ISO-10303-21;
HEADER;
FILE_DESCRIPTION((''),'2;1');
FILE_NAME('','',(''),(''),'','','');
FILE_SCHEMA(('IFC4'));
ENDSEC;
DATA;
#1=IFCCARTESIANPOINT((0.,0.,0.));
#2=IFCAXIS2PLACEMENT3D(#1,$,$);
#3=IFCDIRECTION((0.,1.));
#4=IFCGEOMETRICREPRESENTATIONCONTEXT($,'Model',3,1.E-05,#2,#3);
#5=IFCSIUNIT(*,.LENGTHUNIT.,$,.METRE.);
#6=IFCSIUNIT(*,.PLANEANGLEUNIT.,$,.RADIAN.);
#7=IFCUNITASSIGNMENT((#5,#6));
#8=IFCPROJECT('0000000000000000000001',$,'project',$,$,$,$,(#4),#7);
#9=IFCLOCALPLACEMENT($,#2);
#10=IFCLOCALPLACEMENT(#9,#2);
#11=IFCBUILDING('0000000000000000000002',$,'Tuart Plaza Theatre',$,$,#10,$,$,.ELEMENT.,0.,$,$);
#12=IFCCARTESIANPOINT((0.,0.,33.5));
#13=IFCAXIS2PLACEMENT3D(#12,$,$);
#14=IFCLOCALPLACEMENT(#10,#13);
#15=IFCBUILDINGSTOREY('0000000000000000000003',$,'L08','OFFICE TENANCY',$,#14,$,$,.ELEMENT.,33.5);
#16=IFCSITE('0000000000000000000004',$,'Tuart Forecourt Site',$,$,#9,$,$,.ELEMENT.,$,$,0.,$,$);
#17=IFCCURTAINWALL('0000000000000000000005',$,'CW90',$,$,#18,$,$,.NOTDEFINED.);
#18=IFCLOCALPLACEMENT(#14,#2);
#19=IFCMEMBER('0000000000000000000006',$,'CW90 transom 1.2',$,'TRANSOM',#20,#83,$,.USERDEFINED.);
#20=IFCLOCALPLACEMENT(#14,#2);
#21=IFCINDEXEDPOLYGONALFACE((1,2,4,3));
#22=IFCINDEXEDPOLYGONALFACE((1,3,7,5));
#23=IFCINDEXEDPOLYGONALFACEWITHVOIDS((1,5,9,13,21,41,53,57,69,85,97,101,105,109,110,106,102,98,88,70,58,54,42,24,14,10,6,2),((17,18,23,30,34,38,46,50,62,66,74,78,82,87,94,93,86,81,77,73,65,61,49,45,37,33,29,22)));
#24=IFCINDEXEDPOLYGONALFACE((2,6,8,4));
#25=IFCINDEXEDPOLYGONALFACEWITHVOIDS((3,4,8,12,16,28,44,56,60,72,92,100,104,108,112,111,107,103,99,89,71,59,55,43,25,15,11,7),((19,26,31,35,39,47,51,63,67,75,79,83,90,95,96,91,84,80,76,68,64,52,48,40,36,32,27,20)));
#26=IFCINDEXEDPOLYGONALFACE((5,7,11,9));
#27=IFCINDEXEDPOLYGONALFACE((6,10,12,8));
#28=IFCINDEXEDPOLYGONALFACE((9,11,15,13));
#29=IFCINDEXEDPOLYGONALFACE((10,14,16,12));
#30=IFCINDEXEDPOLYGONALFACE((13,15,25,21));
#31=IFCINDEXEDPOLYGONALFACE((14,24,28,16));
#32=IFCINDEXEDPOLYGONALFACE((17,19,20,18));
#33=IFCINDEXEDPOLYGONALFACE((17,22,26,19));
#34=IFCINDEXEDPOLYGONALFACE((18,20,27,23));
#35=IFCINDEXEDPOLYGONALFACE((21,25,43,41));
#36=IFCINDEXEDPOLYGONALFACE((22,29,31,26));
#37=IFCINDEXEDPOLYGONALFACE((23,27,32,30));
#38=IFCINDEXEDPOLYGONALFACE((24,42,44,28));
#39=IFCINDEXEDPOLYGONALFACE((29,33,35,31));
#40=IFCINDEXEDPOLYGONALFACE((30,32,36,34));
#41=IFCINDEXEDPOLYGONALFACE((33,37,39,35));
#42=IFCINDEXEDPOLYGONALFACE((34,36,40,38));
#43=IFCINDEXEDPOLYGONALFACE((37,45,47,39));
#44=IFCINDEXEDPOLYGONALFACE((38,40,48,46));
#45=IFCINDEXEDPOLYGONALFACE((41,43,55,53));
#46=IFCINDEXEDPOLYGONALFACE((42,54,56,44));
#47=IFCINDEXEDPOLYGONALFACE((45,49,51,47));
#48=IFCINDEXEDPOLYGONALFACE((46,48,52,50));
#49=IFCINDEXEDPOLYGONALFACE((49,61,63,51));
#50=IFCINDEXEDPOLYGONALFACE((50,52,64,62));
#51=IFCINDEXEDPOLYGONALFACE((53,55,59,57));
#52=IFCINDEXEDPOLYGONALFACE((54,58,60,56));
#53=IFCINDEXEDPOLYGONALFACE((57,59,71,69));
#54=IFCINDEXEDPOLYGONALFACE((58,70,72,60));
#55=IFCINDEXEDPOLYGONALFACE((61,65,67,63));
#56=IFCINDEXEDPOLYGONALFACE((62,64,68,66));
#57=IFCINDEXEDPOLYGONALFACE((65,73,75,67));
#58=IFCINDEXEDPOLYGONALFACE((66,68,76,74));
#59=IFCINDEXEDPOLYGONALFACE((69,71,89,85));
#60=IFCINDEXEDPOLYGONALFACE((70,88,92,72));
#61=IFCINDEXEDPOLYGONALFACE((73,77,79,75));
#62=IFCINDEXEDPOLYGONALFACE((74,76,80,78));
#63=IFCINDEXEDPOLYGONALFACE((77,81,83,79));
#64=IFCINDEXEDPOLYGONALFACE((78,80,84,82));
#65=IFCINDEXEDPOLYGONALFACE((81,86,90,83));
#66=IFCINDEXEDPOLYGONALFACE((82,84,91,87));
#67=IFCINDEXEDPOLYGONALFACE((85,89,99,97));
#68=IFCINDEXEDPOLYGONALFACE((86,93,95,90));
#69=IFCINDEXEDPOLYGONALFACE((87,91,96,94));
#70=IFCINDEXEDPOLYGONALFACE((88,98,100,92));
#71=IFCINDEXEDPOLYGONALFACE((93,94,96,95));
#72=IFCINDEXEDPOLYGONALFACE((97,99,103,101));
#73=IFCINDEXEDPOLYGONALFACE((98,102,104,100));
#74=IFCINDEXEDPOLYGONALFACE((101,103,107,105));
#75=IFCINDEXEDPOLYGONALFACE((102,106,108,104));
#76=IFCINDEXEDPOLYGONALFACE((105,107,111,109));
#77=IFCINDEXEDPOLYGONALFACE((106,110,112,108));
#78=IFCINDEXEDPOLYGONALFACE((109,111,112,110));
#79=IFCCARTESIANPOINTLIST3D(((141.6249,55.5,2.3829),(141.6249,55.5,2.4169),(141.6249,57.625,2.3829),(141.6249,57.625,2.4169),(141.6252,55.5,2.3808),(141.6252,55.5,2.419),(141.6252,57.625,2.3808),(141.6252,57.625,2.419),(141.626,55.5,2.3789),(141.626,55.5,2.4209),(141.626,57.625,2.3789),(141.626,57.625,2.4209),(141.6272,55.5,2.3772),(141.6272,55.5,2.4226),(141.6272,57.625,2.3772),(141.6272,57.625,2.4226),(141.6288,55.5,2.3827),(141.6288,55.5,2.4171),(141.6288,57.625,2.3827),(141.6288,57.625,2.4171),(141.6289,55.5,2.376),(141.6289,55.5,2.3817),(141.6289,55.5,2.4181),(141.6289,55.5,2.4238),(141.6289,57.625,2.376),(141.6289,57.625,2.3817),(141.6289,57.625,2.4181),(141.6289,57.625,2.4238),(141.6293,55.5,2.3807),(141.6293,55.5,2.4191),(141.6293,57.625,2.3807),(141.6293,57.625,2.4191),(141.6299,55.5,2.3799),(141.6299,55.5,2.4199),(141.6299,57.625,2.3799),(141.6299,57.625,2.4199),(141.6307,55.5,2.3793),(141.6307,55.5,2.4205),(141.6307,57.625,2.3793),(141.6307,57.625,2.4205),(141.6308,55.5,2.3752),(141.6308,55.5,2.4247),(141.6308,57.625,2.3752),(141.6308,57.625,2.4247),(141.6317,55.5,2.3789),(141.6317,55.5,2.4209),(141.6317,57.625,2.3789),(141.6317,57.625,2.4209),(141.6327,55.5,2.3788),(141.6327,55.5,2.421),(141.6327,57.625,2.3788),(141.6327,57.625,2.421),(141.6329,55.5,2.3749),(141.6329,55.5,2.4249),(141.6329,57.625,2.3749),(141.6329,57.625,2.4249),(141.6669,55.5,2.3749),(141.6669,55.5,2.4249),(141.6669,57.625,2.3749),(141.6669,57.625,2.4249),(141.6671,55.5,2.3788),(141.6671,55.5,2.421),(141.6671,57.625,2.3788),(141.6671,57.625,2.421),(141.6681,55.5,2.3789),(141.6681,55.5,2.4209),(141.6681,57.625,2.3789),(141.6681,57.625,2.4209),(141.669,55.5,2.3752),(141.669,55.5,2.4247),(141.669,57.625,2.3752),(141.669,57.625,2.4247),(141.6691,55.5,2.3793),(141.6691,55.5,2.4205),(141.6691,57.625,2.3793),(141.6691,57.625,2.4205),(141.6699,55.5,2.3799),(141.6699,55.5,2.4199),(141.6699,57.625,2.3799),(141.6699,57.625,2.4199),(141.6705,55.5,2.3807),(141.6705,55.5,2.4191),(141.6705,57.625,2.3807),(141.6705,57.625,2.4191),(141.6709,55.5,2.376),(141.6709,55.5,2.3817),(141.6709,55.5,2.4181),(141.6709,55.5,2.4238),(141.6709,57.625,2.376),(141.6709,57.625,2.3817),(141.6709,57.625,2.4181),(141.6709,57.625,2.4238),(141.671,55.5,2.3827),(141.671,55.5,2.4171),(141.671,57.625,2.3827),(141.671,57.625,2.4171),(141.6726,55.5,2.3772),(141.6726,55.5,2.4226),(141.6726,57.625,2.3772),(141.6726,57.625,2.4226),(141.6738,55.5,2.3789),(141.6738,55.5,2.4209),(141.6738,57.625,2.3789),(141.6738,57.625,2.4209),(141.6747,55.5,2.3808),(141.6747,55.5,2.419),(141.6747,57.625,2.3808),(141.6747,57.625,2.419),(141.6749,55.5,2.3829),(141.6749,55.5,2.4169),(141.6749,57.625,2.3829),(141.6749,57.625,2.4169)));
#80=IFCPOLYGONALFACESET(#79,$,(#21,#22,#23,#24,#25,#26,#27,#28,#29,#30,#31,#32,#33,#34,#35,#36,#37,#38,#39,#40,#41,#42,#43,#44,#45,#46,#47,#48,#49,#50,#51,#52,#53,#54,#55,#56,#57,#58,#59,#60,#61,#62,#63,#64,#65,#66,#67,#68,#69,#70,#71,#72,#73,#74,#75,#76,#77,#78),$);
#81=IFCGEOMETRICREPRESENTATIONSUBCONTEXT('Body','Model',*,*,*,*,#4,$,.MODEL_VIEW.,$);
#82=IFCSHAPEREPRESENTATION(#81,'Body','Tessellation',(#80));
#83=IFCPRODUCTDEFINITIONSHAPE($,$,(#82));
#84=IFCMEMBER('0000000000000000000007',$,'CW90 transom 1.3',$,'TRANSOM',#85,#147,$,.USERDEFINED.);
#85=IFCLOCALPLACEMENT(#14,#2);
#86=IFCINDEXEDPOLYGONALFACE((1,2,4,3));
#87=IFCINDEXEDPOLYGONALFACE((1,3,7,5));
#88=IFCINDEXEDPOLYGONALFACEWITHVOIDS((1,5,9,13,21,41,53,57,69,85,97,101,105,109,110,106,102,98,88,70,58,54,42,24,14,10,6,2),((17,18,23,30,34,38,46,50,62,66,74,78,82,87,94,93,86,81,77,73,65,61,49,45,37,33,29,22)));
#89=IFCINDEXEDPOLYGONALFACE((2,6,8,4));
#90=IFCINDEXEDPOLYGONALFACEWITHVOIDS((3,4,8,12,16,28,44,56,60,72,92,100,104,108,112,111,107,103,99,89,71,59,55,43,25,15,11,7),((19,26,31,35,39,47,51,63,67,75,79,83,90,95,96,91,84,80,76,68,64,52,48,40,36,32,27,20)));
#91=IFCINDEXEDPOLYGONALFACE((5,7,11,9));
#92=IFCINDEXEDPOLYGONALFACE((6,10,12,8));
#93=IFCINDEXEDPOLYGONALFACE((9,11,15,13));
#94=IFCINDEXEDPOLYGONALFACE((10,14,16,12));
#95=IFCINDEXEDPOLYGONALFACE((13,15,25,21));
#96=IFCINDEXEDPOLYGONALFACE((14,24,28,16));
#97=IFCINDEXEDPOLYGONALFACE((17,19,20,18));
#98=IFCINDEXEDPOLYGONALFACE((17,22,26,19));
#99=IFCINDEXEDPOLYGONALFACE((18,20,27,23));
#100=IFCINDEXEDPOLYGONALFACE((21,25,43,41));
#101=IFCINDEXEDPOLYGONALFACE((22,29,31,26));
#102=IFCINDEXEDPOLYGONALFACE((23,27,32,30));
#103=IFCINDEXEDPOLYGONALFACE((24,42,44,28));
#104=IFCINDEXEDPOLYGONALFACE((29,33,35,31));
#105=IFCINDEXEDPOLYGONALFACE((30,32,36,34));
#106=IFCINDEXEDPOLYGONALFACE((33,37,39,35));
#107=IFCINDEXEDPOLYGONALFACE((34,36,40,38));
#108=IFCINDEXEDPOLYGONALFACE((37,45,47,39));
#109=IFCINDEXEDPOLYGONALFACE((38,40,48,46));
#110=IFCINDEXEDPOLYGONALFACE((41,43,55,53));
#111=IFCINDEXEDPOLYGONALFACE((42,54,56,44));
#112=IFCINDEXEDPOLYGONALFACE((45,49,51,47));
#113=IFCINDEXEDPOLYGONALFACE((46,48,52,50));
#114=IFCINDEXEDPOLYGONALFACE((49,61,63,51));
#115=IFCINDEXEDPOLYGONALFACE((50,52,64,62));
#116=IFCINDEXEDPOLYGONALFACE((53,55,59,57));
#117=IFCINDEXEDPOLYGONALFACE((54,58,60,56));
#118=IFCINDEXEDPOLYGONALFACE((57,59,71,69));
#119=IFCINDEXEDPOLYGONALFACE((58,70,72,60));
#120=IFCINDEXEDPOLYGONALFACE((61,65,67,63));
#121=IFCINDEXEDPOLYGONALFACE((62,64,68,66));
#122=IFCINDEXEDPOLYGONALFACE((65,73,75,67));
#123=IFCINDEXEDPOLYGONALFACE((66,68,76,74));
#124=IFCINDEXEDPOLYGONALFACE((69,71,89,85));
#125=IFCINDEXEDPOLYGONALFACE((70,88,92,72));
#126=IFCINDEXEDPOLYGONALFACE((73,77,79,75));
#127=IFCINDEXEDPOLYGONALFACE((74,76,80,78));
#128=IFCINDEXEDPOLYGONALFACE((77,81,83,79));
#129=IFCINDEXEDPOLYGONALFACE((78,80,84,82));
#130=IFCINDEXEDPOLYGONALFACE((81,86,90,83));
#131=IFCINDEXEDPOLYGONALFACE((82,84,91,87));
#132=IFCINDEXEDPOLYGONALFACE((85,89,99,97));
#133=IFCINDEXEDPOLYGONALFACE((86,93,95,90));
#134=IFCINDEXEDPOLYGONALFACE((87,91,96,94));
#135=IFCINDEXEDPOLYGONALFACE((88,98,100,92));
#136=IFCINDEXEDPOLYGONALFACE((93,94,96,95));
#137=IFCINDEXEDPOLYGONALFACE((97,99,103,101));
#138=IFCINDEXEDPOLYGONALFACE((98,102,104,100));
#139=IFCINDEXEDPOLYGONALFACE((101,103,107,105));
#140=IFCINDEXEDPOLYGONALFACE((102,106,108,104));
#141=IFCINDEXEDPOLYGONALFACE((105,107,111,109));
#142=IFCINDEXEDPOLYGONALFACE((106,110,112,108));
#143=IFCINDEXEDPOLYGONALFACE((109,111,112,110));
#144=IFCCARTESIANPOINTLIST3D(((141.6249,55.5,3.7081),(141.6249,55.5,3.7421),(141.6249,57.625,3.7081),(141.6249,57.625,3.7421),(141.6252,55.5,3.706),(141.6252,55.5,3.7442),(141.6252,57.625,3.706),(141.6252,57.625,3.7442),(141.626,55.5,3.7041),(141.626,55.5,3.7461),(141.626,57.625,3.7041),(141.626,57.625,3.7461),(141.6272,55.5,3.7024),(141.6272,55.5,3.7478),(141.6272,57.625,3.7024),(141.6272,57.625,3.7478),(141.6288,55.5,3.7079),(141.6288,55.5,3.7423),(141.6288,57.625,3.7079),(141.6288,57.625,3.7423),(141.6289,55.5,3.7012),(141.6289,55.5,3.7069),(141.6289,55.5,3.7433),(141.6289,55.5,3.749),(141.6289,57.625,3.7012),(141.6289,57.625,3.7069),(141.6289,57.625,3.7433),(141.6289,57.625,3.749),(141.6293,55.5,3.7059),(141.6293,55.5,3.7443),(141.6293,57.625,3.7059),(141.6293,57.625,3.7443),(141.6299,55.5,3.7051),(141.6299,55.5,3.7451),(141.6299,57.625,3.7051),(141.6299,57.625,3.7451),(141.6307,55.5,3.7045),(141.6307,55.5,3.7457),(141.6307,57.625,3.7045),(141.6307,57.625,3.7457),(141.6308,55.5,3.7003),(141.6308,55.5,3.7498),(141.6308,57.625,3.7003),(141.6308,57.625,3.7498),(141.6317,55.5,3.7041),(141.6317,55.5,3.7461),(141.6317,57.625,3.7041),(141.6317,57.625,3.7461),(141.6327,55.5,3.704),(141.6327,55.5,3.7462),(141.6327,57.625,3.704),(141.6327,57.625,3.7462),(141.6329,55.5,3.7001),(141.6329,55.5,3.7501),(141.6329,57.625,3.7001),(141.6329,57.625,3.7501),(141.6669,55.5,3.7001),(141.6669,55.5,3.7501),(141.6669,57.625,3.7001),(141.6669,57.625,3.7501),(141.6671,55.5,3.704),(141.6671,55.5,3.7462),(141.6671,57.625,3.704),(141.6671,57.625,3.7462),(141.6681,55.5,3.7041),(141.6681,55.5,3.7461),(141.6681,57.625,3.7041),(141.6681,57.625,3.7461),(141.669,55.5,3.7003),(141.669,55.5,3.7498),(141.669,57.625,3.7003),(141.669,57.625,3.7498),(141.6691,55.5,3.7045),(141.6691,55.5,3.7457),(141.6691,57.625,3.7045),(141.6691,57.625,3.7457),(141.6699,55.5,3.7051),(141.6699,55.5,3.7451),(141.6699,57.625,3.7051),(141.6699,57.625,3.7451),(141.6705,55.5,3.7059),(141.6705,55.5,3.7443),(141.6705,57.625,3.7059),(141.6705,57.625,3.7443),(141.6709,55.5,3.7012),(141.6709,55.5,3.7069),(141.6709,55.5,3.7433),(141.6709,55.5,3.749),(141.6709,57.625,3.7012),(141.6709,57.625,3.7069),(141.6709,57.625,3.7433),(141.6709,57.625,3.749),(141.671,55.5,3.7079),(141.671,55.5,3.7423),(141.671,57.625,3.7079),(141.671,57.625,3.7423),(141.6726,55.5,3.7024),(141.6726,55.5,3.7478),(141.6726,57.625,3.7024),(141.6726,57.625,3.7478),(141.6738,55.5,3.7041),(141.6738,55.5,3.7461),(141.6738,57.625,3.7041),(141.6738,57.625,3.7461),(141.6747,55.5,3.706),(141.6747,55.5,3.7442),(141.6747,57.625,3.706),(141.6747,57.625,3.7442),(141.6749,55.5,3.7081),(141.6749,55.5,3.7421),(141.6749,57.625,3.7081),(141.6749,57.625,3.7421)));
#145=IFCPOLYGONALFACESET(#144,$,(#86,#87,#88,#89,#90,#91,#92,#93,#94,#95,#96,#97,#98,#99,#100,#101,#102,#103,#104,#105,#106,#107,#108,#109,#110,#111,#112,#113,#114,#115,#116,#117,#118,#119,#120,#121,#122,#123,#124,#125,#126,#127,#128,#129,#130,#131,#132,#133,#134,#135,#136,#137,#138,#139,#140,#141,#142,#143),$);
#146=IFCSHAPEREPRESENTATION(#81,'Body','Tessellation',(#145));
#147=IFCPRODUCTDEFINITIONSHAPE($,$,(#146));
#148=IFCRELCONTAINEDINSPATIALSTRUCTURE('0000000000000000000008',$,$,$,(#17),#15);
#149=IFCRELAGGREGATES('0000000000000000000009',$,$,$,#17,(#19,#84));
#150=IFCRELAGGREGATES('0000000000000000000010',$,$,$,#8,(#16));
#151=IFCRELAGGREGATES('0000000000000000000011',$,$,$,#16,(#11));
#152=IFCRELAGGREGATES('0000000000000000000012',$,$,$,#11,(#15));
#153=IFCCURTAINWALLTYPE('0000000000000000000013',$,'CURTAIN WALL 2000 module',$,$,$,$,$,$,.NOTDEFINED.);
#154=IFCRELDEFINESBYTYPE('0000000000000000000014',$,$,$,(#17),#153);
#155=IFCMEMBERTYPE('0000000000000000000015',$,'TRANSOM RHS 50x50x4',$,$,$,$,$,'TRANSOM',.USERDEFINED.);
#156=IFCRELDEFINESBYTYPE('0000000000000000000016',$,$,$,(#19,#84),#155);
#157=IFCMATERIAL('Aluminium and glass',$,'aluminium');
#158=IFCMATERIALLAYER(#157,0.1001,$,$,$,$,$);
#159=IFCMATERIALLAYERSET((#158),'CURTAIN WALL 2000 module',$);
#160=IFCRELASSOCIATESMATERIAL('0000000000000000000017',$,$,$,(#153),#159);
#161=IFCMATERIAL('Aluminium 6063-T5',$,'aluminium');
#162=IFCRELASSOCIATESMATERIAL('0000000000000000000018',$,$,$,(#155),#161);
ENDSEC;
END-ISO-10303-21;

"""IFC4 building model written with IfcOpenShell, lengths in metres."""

from ifc_helpers import new_model, si_unit, direction, frame, origin, origin_2d, place, context, subcontext, project, spatial, hollow_rectangle, extrude, material, layer, layer_set, material_profile, profile_set, type_object, element, aggregate, save


model = new_model("IFC4")

# Units and contexts
model_context = context("Model", 3, precision=1e-05, world=origin(), true_north=direction((0.0, 1.0)))
body_context = subcontext(model_context, "Body", "Model", "MODEL_VIEW")
ifc_project = project(units=[si_unit("LENGTHUNIT", "METRE"), si_unit("PLANEANGLEUNIT", "RADIAN")], contexts=[model_context])

# Site, building, storey
site_placement = place(None, origin())
site = spatial("IfcSite", under=ifc_project, at=site_placement, Name="Tuart Forecourt Site", CompositionType="ELEMENT", RefElevation=0.0)
building_placement = place(site_placement, origin())
building = spatial("IfcBuilding", under=site, at=building_placement, Name="Tuart Plaza Theatre", CompositionType="ELEMENT", ElevationOfRefHeight=0.0)
storey_placement = place(building_placement, frame((0.0, 0.0, 33.5)))
storey = spatial("IfcBuildingStorey", under=building, at=storey_placement, Name="L08", Description="OFFICE TENANCY", CompositionType="ELEMENT", Elevation=33.5)

# Shared definitions
ifc_material_1 = material(Name="Aluminium and glass", Category="aluminium")
ifc_layer_1 = layer(ifc_material_1, 0.1001)
ifc_layer_set_1 = layer_set([ifc_layer_1], Name="CURTAIN WALL 2000 module")
curtain_wall_type = type_object("IfcCurtainWallType", Name="CURTAIN WALL 2000 module", PredefinedType="NOTDEFINED", material=ifc_layer_set_1)

# Curtain wall, members
curtain_wall_1_placement = place(storey_placement, origin())
curtain_wall_1 = element("IfcCurtainWall", 1, at=curtain_wall_1_placement, inside=storey, type_object=curtain_wall_type, Name="CW90", PredefinedType="NOTDEFINED")
ifc_material_2 = material(Name="Aluminium 6063-T5", Category="aluminium")
ifc_material_profile_1 = material_profile(ifc_material_2, hollow_rectangle(XDim=0.05, YDim=0.05, WallThickness=0.0039, InnerFilletRadius=0.0039, OuterFilletRadius=0.0081, at=origin_2d()), Name="RHS 50x50x4")
ifc_profile_set_1 = profile_set([ifc_material_profile_1], Name="Aluminium 6063-T5")
member_type_1 = type_object("IfcMemberType", Name="TRANSOM RHS 50x50x4", ElementType="TRANSOM", PredefinedType="USERDEFINED", material=ifc_profile_set_1)
member_1_placement = place(storey_placement, frame((141.6499, 55.5, 2.3999), z_axis=(0.0, 1.0, 0.0), x_axis=(-1.0, 0.0, 0.0)))
member_1 = element("IfcMember", 2, at=member_1_placement, type_object=member_type_1, Name="CW90 transom 1.2", ObjectType="TRANSOM", PredefinedType="USERDEFINED", context=body_context, shape_type="SweptSolid", body=[
    extrude(hollow_rectangle(XDim=0.05, YDim=0.05, WallThickness=0.0039, InnerFilletRadius=0.0039, OuterFilletRadius=0.0081, at=origin_2d()), origin(), (0.0, 0.0, 1.0), 2.125),
])
member_2_placement = place(storey_placement, frame((141.6499, 55.5, 3.7251), z_axis=(0.0, 1.0, 0.0), x_axis=(-1.0, 0.0, 0.0)))
member_2 = element("IfcMember", 3, at=member_2_placement, type_object=member_type_1, Name="CW90 transom 1.3", ObjectType="TRANSOM", PredefinedType="USERDEFINED", context=body_context, shape_type="SweptSolid", body=[
    extrude(hollow_rectangle(XDim=0.05, YDim=0.05, WallThickness=0.0039, InnerFilletRadius=0.0039, OuterFilletRadius=0.0081, at=origin_2d()), origin(), (0.0, 0.0, 1.0), 2.125),
])
aggregate(curtain_wall_1, [member_1, member_2])

save(model, "model.ifc")
